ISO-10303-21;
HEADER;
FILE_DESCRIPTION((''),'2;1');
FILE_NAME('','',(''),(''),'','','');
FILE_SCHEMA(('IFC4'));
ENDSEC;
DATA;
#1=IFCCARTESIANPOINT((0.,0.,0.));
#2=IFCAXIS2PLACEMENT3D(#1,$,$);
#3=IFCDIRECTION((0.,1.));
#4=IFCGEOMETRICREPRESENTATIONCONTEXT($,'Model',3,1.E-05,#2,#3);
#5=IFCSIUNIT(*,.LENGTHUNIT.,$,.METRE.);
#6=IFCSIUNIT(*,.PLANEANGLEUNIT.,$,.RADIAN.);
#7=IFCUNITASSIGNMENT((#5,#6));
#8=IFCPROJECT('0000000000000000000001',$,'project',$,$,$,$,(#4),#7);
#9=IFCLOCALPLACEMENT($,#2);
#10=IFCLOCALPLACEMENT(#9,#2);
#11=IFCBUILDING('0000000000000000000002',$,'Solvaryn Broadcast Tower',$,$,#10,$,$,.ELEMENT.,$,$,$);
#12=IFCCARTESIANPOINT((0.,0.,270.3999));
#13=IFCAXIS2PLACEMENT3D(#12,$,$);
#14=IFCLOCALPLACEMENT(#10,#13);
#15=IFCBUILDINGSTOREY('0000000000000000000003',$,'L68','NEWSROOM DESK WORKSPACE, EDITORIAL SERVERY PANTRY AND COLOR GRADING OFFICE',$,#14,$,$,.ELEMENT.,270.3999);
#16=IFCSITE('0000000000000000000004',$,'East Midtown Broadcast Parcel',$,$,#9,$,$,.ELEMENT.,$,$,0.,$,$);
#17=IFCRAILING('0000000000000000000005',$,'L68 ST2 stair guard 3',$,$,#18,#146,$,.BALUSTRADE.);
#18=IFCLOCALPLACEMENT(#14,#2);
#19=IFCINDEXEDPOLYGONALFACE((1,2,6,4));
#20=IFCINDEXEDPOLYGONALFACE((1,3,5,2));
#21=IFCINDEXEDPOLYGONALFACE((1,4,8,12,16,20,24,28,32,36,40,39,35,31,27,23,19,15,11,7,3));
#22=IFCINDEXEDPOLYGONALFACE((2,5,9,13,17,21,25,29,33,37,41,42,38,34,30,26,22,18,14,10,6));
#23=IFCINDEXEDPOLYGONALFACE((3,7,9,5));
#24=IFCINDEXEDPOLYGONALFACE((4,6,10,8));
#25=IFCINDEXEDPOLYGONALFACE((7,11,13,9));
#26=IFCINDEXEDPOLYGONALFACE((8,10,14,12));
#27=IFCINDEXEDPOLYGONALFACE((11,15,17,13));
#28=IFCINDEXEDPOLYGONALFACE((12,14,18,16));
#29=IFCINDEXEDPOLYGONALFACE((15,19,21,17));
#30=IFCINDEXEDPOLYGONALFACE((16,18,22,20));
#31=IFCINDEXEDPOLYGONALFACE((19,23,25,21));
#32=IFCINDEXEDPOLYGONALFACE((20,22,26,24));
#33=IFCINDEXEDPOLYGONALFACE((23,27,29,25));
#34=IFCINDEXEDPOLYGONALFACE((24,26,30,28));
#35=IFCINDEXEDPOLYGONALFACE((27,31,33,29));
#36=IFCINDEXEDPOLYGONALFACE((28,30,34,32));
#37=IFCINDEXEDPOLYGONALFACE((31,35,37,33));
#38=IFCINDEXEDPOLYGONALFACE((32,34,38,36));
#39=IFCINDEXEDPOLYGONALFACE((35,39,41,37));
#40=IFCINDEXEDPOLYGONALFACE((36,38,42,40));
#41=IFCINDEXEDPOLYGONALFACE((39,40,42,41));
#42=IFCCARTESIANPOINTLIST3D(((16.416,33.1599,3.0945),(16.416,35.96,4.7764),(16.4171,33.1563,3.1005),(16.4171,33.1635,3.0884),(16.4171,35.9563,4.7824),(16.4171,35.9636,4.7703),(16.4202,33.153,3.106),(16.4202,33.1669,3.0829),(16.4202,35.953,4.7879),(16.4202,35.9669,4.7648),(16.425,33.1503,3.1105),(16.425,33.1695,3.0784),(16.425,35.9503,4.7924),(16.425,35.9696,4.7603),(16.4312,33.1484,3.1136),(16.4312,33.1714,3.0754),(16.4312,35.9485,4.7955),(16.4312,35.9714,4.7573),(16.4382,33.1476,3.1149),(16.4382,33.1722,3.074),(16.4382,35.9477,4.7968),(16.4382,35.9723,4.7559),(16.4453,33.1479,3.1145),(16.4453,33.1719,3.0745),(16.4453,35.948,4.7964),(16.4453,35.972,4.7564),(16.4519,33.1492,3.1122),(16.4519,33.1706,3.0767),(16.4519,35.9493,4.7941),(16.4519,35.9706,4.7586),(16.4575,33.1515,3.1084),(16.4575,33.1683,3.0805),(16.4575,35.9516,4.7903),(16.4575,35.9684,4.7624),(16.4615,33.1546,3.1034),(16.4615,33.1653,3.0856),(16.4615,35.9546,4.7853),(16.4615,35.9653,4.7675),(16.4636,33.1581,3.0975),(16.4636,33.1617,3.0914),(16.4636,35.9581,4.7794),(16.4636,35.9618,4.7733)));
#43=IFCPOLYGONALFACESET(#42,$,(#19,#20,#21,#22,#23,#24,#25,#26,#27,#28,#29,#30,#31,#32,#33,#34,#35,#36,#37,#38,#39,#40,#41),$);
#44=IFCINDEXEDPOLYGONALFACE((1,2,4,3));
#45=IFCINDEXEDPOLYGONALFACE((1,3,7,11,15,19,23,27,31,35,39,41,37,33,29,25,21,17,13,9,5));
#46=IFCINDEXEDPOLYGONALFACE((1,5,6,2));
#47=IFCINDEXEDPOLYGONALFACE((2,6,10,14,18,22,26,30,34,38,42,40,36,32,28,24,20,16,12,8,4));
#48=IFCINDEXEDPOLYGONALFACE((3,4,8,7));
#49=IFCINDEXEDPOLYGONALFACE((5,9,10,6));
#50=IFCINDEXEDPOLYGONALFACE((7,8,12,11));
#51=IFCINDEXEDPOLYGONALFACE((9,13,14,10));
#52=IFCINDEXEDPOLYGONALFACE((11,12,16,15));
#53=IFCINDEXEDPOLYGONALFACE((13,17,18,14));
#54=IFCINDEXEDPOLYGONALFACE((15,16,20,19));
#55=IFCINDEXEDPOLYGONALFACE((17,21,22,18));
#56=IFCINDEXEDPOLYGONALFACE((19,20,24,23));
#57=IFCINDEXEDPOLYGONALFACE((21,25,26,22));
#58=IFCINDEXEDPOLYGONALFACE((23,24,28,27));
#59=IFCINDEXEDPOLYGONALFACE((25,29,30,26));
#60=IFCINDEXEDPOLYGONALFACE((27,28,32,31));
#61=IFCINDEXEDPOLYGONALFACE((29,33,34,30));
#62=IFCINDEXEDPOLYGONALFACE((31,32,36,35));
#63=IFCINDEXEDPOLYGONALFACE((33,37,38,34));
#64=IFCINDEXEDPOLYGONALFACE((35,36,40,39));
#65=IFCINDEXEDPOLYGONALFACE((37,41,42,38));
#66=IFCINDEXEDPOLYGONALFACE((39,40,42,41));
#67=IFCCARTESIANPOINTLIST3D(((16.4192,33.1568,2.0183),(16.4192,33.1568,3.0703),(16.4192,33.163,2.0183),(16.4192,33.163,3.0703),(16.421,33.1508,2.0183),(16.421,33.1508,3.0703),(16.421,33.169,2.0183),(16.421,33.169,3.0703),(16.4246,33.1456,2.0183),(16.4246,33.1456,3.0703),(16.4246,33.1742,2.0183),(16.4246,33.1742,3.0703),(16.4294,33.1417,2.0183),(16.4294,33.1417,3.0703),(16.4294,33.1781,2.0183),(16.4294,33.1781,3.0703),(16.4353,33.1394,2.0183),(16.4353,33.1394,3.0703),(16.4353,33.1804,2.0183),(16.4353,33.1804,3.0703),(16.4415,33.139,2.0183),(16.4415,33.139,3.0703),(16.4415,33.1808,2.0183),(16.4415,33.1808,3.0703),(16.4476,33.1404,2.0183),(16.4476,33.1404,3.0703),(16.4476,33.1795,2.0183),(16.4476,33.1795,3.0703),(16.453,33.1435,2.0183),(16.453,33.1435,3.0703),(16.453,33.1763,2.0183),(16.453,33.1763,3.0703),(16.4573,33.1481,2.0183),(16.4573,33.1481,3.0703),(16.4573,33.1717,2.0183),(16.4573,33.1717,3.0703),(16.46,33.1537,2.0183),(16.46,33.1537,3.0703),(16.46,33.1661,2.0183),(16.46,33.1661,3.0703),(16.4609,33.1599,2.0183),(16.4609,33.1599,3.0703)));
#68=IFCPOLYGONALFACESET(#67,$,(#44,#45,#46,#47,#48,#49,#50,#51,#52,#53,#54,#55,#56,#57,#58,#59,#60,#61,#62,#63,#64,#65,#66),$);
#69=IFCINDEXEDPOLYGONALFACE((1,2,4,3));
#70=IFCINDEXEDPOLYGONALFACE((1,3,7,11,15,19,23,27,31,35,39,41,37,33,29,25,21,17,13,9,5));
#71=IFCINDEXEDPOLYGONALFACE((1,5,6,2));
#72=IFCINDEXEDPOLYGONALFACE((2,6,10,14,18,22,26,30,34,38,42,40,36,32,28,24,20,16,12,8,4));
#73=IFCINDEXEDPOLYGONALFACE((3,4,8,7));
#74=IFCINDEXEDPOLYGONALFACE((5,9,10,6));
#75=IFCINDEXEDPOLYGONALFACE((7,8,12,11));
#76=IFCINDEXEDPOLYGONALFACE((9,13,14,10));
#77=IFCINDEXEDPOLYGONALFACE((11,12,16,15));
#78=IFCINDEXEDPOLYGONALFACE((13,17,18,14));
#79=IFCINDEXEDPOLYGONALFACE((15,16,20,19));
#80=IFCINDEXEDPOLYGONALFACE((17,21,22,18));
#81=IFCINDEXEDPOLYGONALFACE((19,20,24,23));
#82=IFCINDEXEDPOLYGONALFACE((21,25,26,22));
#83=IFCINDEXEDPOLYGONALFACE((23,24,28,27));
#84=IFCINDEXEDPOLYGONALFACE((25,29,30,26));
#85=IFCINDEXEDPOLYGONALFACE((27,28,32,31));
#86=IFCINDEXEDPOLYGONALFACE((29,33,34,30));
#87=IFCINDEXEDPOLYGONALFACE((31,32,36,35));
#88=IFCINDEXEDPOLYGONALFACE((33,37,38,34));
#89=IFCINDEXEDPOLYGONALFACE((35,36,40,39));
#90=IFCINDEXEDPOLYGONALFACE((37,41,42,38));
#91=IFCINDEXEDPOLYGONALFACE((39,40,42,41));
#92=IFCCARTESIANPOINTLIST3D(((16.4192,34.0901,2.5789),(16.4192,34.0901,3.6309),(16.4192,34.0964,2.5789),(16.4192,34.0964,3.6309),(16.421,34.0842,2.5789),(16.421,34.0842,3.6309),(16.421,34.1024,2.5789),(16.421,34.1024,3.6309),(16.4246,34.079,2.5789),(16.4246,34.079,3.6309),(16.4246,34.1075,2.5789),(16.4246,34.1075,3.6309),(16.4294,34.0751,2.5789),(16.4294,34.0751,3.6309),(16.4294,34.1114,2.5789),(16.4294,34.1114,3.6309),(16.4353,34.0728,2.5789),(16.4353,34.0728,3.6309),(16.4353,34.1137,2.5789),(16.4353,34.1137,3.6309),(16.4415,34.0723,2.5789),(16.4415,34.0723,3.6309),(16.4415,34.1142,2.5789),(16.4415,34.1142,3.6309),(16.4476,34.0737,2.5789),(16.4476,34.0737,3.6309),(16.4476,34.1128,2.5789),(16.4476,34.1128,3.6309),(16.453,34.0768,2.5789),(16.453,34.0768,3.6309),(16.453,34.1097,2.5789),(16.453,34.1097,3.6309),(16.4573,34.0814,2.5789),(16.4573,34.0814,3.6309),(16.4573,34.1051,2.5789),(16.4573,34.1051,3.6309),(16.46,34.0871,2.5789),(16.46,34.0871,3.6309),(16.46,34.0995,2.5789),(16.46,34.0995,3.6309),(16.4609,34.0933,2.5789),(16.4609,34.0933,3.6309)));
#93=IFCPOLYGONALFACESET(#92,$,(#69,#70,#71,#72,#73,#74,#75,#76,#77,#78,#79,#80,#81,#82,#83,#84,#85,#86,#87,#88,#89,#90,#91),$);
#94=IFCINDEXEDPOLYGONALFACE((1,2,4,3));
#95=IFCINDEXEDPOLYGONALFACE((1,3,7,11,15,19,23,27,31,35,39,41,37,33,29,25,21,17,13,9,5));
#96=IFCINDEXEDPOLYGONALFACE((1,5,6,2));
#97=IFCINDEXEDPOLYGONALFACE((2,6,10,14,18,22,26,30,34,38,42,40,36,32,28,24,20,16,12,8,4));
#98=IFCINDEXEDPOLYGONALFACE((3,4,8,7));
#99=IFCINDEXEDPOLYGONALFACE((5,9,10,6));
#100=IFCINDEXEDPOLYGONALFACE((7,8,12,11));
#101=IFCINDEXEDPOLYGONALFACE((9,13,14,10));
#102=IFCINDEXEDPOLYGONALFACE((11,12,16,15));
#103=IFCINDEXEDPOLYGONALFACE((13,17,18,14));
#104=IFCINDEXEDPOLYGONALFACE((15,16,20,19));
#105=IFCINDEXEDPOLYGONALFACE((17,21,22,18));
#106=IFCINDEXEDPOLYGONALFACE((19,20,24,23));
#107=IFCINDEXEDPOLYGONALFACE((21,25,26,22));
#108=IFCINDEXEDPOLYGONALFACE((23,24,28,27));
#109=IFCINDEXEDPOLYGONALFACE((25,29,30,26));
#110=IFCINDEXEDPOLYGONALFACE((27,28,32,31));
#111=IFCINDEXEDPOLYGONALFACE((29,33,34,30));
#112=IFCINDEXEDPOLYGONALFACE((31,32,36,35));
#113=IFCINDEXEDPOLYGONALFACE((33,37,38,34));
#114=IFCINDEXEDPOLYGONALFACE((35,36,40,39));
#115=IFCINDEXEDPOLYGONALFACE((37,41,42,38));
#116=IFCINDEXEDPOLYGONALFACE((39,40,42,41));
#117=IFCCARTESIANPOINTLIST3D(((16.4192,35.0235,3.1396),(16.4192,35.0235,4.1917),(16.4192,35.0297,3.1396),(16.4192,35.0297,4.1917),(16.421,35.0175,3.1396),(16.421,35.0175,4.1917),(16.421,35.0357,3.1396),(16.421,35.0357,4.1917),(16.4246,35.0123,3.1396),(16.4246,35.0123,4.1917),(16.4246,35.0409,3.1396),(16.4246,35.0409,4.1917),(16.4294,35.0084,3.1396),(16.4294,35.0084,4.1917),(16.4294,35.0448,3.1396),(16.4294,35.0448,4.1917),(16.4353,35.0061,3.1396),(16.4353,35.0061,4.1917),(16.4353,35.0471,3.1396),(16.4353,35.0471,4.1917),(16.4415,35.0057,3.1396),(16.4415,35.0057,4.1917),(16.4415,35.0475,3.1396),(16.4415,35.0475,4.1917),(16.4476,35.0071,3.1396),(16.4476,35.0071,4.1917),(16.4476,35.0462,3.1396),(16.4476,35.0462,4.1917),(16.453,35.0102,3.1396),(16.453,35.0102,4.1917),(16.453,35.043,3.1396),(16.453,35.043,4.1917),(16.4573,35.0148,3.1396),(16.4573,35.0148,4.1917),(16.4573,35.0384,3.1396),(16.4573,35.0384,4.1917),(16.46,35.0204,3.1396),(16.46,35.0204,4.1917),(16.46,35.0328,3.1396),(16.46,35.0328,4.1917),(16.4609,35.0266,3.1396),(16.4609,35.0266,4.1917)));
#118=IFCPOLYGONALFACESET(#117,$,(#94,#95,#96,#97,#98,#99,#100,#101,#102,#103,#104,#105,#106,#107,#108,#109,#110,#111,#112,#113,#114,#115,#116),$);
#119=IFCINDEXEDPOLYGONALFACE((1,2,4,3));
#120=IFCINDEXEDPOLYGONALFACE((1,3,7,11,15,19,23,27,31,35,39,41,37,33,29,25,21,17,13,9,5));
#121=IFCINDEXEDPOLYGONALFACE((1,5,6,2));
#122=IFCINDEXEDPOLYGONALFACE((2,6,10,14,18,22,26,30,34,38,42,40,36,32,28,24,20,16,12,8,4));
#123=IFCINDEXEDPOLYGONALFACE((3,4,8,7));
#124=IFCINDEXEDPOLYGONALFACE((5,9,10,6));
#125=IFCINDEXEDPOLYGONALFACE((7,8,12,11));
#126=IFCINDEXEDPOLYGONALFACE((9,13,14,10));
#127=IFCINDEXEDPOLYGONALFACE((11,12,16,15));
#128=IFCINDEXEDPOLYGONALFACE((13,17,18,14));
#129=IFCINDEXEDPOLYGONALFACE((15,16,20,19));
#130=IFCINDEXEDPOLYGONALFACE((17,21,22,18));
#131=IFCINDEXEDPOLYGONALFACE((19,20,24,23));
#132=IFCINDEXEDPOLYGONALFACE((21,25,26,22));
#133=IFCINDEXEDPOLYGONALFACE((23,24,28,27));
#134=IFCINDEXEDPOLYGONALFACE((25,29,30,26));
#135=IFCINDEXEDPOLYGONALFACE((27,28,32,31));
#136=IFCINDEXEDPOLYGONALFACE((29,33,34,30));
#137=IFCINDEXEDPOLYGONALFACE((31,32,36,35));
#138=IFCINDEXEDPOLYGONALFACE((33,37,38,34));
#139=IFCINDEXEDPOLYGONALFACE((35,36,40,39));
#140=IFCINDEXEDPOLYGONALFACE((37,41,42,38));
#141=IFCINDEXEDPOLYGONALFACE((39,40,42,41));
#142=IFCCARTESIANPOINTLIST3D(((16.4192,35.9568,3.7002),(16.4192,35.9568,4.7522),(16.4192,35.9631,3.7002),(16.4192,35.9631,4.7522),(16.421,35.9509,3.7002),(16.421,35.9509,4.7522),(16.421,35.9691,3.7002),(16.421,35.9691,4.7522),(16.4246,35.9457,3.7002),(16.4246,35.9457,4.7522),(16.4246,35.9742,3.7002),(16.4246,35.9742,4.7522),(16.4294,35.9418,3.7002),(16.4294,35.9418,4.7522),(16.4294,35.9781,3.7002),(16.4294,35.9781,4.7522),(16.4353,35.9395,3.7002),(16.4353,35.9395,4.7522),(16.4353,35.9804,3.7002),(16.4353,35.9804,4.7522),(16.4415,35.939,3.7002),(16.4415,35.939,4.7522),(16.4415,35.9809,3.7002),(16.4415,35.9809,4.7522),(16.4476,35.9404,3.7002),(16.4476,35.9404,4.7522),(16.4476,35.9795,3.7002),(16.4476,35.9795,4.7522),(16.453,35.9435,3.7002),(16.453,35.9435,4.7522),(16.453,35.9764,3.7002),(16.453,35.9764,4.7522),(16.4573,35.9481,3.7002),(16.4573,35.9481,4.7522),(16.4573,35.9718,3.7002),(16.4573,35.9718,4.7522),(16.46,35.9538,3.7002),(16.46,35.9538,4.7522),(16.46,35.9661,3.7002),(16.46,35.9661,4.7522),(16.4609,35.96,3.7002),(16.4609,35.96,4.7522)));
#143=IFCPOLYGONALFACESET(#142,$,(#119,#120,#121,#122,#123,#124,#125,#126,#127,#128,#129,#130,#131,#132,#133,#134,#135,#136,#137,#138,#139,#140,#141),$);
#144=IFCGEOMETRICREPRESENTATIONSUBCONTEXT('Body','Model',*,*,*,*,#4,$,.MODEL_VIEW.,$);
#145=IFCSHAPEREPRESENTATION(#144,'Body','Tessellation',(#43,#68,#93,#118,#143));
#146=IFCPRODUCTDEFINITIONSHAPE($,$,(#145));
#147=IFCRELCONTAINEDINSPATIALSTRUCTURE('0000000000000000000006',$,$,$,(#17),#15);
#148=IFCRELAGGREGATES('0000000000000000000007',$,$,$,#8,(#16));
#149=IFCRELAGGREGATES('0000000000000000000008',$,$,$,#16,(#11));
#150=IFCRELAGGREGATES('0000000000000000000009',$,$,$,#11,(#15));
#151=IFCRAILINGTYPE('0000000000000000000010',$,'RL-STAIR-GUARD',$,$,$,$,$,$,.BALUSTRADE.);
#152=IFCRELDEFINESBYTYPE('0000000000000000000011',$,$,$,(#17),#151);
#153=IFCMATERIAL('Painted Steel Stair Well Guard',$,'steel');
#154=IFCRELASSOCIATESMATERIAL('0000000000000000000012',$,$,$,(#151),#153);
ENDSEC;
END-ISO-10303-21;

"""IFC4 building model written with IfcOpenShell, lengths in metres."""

from ifc_helpers import new_model, si_unit, direction, frame, origin, origin_2d, place, context, subcontext, project, spatial, circle, extrude, material, type_object, element, save


model = new_model("IFC4")

# Units and contexts
model_context = context("Model", 3, precision=1e-05, world=origin(), true_north=direction((0.0, 1.0)))
body_context = subcontext(model_context, "Body", "Model", "MODEL_VIEW")
ifc_project = project(units=[si_unit("LENGTHUNIT", "METRE"), si_unit("PLANEANGLEUNIT", "RADIAN")], contexts=[model_context])

# Site, building, storey
site_placement = place(None, origin())
site = spatial("IfcSite", under=ifc_project, at=site_placement, Name="East Midtown Broadcast Parcel", CompositionType="ELEMENT", RefElevation=0.0)
building_placement = place(site_placement, origin())
building = spatial("IfcBuilding", under=site, at=building_placement, Name="Solvaryn Broadcast Tower", CompositionType="ELEMENT")
storey_placement = place(building_placement, frame((0.0, 0.0, 270.3999)))
storey = spatial("IfcBuildingStorey", under=building, at=storey_placement, Name="L68", Description="NEWSROOM DESK WORKSPACE, EDITORIAL SERVERY PANTRY AND COLOR GRADING OFFICE", CompositionType="ELEMENT", Elevation=270.3999)

# Railing
ifc_material_1 = material(Name="Painted Steel Stair Well Guard", Category="steel")
railing_type_1 = type_object("IfcRailingType", Name="RL-STAIR-GUARD", PredefinedType="BALUSTRADE", material=ifc_material_1)
railing_1_placement = place(storey_placement, frame((16.4399, 33.1599, 2.0183)))
element("IfcRailing", 1, at=railing_1_placement, inside=storey, type_object=railing_type_1, Name="L68 ST2 stair guard 3", PredefinedType="BALUSTRADE", context=body_context, shape_type="SweptSolid", body=[
    extrude(circle(Radius=0.0239, at=origin_2d()), frame((0.0, 0.0, 1.0762), z_axis=(0.0, 0.857242, 0.514913), x_axis=(-1.0, 0.0, 0.0)), (0.0, 0.0, 1.0), 3.2664),
    extrude(circle(Radius=0.021, at=origin_2d()), origin(), (0.0, 0.0, 1.0), 1.052),
    extrude(circle(Radius=0.021, at=origin_2d()), frame((0.0, 0.9333, 0.5605)), (0.0, 0.0, 1.0), 1.052),
    extrude(circle(Radius=0.021, at=origin_2d()), frame((0.0, 1.8667, 1.1213)), (0.0, 0.0, 1.0), 1.052),
    extrude(circle(Radius=0.021, at=origin_2d()), frame((0.0, 2.8, 1.6819)), (0.0, 0.0, 1.0), 1.052),
])

save(model, "model.ifc")
